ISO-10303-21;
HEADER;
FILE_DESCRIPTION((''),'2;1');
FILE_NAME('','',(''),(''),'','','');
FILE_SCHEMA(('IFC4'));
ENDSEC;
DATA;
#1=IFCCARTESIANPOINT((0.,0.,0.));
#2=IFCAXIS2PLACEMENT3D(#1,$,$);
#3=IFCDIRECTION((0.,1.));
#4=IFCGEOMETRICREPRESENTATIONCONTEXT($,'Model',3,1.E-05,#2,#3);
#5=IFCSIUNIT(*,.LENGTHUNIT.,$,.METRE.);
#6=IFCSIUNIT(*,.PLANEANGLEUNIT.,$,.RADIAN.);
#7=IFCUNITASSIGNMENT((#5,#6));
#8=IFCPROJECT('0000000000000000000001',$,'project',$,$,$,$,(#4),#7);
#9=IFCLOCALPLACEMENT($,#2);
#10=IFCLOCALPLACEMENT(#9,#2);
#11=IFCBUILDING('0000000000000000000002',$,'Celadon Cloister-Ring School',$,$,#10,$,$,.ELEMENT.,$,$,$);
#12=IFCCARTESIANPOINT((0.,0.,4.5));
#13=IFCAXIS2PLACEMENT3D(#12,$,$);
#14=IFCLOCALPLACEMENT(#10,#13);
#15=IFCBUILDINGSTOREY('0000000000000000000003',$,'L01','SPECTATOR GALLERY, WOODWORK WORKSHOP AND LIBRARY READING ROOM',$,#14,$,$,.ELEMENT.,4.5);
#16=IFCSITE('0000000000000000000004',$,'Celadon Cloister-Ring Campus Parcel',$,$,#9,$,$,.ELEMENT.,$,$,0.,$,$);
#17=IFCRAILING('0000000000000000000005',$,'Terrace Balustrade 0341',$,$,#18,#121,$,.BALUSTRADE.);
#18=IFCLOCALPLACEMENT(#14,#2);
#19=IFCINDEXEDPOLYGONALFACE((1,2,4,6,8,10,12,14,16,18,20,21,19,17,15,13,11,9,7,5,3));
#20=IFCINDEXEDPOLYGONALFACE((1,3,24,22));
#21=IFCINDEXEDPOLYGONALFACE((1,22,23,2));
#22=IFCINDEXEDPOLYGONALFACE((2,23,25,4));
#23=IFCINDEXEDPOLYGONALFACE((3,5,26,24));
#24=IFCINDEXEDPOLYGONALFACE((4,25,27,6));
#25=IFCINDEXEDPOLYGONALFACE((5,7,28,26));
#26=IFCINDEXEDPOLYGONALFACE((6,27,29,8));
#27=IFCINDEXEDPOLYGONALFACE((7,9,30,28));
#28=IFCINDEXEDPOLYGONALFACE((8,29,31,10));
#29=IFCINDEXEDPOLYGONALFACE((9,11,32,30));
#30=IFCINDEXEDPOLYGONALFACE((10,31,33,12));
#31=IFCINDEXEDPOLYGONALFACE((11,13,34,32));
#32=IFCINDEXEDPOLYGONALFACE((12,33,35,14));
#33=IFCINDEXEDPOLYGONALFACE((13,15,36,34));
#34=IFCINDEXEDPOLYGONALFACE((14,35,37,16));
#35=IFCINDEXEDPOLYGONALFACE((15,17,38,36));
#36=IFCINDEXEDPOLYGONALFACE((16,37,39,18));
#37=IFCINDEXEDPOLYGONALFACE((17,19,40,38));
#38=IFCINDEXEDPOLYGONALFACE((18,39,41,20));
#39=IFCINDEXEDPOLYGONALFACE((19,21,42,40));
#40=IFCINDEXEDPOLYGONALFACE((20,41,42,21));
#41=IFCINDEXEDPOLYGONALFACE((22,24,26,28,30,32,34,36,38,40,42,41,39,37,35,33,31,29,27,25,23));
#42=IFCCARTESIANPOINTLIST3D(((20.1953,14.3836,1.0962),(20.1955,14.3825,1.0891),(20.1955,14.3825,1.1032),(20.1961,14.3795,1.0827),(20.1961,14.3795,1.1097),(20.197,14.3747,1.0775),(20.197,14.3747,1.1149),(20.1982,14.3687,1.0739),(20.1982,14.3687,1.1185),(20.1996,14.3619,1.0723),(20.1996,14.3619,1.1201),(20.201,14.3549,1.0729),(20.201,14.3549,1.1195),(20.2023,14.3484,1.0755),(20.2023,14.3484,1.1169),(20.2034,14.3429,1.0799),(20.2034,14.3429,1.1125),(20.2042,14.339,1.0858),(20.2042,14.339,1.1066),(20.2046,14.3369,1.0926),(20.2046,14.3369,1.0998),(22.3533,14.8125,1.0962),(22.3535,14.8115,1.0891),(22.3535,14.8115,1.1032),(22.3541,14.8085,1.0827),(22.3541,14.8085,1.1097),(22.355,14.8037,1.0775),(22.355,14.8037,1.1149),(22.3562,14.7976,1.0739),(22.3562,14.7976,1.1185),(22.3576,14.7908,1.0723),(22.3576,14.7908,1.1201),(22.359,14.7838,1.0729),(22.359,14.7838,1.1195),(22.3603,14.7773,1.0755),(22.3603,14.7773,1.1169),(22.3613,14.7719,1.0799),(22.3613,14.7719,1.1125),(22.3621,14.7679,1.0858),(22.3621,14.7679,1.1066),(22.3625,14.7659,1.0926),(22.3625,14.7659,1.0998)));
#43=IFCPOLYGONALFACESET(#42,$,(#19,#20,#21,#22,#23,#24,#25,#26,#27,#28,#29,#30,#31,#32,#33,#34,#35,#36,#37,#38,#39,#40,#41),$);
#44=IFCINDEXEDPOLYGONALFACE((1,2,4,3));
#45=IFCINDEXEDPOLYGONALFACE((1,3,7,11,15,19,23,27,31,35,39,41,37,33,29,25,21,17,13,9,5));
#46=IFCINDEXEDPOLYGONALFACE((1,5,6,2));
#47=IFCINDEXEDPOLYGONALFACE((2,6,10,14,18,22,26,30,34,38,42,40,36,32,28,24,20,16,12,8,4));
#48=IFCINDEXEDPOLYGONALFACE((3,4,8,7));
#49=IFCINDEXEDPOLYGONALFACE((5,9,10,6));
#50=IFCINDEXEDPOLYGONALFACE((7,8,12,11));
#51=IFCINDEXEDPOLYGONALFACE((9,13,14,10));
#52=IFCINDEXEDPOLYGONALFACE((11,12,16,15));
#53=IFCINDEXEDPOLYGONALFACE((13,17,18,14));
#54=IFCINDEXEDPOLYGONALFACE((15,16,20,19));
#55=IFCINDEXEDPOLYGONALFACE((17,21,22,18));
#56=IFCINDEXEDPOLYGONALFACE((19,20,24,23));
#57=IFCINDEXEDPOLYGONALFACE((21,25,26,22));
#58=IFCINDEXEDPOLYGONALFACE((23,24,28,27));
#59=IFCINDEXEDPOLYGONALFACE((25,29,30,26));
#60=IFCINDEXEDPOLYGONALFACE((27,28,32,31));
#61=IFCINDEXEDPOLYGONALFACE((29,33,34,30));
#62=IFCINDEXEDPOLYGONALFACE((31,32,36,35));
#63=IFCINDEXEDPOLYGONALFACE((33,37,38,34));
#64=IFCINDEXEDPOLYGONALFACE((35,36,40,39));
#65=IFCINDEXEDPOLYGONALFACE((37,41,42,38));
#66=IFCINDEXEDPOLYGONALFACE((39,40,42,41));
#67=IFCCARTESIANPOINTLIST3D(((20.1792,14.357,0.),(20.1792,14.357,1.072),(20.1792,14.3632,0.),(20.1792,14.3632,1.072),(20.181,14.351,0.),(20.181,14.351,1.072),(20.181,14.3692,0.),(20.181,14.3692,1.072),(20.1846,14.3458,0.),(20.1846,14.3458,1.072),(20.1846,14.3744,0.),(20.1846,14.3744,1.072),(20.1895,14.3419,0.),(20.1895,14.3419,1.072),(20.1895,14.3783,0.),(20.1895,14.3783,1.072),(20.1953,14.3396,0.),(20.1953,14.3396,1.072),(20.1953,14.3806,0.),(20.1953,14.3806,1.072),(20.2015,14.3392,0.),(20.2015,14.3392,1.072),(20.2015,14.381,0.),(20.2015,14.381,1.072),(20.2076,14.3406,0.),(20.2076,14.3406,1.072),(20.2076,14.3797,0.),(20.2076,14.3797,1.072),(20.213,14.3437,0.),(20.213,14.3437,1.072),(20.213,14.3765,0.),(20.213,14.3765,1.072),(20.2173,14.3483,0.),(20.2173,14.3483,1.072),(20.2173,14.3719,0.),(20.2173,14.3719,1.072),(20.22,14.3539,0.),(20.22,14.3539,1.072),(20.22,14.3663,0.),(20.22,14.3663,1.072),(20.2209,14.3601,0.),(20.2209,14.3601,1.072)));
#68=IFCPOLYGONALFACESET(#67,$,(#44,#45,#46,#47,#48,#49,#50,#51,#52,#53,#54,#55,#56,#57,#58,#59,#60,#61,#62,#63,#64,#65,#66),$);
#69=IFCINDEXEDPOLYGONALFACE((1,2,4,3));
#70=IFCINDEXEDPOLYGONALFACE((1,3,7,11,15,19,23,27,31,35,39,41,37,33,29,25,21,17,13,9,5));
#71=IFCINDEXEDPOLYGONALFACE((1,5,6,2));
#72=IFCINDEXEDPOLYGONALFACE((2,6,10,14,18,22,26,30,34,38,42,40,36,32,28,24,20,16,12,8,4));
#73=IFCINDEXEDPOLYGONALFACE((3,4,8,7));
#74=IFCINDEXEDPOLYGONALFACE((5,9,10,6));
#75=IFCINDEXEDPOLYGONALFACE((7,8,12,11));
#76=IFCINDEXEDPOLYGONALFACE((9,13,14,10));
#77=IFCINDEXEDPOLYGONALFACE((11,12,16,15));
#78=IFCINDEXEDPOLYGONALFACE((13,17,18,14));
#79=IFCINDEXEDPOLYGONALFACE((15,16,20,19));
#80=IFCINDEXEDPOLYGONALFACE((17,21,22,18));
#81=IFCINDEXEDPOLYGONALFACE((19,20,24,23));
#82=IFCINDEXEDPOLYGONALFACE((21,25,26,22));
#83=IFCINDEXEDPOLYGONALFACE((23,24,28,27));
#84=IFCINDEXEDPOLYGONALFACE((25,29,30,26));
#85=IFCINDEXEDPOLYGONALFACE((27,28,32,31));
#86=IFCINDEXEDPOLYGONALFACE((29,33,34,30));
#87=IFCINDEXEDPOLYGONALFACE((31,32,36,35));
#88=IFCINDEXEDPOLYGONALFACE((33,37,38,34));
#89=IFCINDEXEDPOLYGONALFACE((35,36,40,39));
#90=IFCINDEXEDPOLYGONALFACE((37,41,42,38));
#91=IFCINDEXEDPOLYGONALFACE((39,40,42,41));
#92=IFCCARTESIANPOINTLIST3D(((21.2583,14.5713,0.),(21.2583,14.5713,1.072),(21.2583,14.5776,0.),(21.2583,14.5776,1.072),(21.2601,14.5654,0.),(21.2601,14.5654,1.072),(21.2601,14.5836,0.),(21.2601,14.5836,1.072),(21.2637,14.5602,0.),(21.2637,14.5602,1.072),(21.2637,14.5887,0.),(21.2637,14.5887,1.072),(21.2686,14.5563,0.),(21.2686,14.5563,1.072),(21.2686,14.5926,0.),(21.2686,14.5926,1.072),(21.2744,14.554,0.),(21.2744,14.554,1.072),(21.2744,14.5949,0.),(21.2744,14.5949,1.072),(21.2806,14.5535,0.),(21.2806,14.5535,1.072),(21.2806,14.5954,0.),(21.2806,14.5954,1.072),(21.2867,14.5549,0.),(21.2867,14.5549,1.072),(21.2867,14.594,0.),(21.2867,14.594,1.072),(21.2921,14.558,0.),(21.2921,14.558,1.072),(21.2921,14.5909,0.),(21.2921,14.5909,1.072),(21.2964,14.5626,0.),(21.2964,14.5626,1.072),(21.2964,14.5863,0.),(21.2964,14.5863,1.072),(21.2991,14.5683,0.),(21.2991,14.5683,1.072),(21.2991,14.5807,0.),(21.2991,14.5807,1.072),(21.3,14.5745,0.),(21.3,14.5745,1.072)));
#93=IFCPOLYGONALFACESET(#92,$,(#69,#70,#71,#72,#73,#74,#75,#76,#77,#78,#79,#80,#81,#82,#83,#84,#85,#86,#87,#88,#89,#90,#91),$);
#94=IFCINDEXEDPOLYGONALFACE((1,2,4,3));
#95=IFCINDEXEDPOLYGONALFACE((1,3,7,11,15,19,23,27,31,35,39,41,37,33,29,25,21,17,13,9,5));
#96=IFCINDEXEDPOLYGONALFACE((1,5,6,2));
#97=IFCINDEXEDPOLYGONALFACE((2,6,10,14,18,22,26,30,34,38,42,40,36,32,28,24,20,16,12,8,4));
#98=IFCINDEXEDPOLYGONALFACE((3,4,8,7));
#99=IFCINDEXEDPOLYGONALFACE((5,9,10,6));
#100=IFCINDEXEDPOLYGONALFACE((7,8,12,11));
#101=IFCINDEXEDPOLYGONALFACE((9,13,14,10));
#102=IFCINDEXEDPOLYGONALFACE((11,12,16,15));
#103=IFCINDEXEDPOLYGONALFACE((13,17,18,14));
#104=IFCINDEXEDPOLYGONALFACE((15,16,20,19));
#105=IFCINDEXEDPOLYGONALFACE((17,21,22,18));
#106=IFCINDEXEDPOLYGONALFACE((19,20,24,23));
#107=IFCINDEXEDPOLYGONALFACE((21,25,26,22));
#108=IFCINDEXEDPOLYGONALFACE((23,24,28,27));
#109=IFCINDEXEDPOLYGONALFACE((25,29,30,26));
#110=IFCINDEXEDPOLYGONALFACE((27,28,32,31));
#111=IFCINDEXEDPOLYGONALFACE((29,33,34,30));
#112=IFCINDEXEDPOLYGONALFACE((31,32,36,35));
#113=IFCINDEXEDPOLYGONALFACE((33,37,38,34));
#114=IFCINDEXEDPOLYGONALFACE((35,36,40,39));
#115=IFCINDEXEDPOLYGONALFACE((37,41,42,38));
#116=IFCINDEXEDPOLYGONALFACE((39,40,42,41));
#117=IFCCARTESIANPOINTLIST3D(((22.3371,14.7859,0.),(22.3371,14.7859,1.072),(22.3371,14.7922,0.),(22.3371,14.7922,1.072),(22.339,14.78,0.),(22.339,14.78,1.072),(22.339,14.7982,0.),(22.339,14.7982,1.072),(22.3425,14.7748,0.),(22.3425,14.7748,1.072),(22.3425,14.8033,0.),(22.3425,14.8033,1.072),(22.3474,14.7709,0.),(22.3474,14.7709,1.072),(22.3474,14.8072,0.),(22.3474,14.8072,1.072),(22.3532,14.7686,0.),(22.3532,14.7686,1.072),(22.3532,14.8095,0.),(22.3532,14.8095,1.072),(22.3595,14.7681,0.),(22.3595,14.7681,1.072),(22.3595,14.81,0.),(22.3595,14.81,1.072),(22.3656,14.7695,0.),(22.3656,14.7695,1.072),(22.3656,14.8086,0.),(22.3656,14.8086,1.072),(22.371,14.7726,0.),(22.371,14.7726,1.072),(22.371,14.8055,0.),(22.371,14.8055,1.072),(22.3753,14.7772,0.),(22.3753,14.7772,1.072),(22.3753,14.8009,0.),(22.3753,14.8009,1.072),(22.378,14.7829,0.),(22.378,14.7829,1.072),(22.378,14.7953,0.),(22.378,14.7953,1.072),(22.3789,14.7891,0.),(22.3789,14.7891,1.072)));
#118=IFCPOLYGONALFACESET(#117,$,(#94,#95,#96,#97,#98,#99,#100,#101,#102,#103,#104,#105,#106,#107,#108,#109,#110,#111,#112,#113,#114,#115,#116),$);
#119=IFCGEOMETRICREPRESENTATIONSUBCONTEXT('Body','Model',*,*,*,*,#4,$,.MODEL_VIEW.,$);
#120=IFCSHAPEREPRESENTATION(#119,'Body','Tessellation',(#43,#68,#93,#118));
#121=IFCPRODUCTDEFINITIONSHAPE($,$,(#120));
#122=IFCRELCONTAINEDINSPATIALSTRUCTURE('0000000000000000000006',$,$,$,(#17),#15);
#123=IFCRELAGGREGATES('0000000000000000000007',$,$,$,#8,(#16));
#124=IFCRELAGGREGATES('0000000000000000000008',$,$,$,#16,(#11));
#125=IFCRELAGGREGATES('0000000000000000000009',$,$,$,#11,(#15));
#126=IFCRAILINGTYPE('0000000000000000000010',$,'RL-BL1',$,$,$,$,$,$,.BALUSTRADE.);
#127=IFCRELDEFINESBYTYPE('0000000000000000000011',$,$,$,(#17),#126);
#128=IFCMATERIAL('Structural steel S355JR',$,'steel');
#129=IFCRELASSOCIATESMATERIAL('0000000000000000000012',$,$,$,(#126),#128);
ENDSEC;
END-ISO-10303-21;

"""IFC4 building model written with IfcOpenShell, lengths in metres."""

from ifc_helpers import new_model, si_unit, direction, frame, origin, origin_2d, place, context, subcontext, project, spatial, circle, extrude, material, type_object, element, save


model = new_model("IFC4")

# Units and contexts
model_context = context("Model", 3, precision=1e-05, world=origin(), true_north=direction((0.0, 1.0)))
body_context = subcontext(model_context, "Body", "Model", "MODEL_VIEW")
ifc_project = project(units=[si_unit("LENGTHUNIT", "METRE"), si_unit("PLANEANGLEUNIT", "RADIAN")], contexts=[model_context])

# Site, building, storey
site_placement = place(None, origin())
site = spatial("IfcSite", under=ifc_project, at=site_placement, Name="Celadon Cloister-Ring Campus Parcel", CompositionType="ELEMENT", RefElevation=0.0)
building_placement = place(site_placement, origin())
building = spatial("IfcBuilding", under=site, at=building_placement, Name="Celadon Cloister-Ring School", CompositionType="ELEMENT")
storey_placement = place(building_placement, frame((0.0, 0.0, 4.5)))
storey = spatial("IfcBuildingStorey", under=building, at=storey_placement, Name="L01", Description="SPECTATOR GALLERY, WOODWORK WORKSHOP AND LIBRARY READING ROOM", CompositionType="ELEMENT", Elevation=4.5)

# Railing
ifc_material_1 = material(Name="Structural steel S355JR", Category="steel")
railing_type = type_object("IfcRailingType", Name="RL-BL1", PredefinedType="BALUSTRADE", material=ifc_material_1)
railing_placement = place(storey_placement, frame((20.2, 14.3601, 0.0)))
element("IfcRailing", 1, at=railing_placement, inside=storey, type_object=railing_type, Name="Terrace Balustrade 0341", PredefinedType="BALUSTRADE", context=body_context, shape_type="SweptSolid", body=[
    extrude(circle(Radius=0.0239, at=origin_2d()), frame((0.0, 0.0, 1.0962), z_axis=(0.98081, 0.194964, 0.0), x_axis=(-0.194964, 0.98081, 0.0)), (0.0, 0.0, 1.0), 2.2002),
    extrude(circle(Radius=0.021, at=origin_2d()), origin(), (0.0, 0.0, 1.0), 1.072),
    extrude(circle(Radius=0.021, at=origin_2d()), frame((1.0791, 0.2144, 0.0)), (0.0, 0.0, 1.0), 1.072),
    extrude(circle(Radius=0.021, at=origin_2d()), frame((2.158, 0.429, 0.0)), (0.0, 0.0, 1.0), 1.072),
])

save(model, "model.ifc")
